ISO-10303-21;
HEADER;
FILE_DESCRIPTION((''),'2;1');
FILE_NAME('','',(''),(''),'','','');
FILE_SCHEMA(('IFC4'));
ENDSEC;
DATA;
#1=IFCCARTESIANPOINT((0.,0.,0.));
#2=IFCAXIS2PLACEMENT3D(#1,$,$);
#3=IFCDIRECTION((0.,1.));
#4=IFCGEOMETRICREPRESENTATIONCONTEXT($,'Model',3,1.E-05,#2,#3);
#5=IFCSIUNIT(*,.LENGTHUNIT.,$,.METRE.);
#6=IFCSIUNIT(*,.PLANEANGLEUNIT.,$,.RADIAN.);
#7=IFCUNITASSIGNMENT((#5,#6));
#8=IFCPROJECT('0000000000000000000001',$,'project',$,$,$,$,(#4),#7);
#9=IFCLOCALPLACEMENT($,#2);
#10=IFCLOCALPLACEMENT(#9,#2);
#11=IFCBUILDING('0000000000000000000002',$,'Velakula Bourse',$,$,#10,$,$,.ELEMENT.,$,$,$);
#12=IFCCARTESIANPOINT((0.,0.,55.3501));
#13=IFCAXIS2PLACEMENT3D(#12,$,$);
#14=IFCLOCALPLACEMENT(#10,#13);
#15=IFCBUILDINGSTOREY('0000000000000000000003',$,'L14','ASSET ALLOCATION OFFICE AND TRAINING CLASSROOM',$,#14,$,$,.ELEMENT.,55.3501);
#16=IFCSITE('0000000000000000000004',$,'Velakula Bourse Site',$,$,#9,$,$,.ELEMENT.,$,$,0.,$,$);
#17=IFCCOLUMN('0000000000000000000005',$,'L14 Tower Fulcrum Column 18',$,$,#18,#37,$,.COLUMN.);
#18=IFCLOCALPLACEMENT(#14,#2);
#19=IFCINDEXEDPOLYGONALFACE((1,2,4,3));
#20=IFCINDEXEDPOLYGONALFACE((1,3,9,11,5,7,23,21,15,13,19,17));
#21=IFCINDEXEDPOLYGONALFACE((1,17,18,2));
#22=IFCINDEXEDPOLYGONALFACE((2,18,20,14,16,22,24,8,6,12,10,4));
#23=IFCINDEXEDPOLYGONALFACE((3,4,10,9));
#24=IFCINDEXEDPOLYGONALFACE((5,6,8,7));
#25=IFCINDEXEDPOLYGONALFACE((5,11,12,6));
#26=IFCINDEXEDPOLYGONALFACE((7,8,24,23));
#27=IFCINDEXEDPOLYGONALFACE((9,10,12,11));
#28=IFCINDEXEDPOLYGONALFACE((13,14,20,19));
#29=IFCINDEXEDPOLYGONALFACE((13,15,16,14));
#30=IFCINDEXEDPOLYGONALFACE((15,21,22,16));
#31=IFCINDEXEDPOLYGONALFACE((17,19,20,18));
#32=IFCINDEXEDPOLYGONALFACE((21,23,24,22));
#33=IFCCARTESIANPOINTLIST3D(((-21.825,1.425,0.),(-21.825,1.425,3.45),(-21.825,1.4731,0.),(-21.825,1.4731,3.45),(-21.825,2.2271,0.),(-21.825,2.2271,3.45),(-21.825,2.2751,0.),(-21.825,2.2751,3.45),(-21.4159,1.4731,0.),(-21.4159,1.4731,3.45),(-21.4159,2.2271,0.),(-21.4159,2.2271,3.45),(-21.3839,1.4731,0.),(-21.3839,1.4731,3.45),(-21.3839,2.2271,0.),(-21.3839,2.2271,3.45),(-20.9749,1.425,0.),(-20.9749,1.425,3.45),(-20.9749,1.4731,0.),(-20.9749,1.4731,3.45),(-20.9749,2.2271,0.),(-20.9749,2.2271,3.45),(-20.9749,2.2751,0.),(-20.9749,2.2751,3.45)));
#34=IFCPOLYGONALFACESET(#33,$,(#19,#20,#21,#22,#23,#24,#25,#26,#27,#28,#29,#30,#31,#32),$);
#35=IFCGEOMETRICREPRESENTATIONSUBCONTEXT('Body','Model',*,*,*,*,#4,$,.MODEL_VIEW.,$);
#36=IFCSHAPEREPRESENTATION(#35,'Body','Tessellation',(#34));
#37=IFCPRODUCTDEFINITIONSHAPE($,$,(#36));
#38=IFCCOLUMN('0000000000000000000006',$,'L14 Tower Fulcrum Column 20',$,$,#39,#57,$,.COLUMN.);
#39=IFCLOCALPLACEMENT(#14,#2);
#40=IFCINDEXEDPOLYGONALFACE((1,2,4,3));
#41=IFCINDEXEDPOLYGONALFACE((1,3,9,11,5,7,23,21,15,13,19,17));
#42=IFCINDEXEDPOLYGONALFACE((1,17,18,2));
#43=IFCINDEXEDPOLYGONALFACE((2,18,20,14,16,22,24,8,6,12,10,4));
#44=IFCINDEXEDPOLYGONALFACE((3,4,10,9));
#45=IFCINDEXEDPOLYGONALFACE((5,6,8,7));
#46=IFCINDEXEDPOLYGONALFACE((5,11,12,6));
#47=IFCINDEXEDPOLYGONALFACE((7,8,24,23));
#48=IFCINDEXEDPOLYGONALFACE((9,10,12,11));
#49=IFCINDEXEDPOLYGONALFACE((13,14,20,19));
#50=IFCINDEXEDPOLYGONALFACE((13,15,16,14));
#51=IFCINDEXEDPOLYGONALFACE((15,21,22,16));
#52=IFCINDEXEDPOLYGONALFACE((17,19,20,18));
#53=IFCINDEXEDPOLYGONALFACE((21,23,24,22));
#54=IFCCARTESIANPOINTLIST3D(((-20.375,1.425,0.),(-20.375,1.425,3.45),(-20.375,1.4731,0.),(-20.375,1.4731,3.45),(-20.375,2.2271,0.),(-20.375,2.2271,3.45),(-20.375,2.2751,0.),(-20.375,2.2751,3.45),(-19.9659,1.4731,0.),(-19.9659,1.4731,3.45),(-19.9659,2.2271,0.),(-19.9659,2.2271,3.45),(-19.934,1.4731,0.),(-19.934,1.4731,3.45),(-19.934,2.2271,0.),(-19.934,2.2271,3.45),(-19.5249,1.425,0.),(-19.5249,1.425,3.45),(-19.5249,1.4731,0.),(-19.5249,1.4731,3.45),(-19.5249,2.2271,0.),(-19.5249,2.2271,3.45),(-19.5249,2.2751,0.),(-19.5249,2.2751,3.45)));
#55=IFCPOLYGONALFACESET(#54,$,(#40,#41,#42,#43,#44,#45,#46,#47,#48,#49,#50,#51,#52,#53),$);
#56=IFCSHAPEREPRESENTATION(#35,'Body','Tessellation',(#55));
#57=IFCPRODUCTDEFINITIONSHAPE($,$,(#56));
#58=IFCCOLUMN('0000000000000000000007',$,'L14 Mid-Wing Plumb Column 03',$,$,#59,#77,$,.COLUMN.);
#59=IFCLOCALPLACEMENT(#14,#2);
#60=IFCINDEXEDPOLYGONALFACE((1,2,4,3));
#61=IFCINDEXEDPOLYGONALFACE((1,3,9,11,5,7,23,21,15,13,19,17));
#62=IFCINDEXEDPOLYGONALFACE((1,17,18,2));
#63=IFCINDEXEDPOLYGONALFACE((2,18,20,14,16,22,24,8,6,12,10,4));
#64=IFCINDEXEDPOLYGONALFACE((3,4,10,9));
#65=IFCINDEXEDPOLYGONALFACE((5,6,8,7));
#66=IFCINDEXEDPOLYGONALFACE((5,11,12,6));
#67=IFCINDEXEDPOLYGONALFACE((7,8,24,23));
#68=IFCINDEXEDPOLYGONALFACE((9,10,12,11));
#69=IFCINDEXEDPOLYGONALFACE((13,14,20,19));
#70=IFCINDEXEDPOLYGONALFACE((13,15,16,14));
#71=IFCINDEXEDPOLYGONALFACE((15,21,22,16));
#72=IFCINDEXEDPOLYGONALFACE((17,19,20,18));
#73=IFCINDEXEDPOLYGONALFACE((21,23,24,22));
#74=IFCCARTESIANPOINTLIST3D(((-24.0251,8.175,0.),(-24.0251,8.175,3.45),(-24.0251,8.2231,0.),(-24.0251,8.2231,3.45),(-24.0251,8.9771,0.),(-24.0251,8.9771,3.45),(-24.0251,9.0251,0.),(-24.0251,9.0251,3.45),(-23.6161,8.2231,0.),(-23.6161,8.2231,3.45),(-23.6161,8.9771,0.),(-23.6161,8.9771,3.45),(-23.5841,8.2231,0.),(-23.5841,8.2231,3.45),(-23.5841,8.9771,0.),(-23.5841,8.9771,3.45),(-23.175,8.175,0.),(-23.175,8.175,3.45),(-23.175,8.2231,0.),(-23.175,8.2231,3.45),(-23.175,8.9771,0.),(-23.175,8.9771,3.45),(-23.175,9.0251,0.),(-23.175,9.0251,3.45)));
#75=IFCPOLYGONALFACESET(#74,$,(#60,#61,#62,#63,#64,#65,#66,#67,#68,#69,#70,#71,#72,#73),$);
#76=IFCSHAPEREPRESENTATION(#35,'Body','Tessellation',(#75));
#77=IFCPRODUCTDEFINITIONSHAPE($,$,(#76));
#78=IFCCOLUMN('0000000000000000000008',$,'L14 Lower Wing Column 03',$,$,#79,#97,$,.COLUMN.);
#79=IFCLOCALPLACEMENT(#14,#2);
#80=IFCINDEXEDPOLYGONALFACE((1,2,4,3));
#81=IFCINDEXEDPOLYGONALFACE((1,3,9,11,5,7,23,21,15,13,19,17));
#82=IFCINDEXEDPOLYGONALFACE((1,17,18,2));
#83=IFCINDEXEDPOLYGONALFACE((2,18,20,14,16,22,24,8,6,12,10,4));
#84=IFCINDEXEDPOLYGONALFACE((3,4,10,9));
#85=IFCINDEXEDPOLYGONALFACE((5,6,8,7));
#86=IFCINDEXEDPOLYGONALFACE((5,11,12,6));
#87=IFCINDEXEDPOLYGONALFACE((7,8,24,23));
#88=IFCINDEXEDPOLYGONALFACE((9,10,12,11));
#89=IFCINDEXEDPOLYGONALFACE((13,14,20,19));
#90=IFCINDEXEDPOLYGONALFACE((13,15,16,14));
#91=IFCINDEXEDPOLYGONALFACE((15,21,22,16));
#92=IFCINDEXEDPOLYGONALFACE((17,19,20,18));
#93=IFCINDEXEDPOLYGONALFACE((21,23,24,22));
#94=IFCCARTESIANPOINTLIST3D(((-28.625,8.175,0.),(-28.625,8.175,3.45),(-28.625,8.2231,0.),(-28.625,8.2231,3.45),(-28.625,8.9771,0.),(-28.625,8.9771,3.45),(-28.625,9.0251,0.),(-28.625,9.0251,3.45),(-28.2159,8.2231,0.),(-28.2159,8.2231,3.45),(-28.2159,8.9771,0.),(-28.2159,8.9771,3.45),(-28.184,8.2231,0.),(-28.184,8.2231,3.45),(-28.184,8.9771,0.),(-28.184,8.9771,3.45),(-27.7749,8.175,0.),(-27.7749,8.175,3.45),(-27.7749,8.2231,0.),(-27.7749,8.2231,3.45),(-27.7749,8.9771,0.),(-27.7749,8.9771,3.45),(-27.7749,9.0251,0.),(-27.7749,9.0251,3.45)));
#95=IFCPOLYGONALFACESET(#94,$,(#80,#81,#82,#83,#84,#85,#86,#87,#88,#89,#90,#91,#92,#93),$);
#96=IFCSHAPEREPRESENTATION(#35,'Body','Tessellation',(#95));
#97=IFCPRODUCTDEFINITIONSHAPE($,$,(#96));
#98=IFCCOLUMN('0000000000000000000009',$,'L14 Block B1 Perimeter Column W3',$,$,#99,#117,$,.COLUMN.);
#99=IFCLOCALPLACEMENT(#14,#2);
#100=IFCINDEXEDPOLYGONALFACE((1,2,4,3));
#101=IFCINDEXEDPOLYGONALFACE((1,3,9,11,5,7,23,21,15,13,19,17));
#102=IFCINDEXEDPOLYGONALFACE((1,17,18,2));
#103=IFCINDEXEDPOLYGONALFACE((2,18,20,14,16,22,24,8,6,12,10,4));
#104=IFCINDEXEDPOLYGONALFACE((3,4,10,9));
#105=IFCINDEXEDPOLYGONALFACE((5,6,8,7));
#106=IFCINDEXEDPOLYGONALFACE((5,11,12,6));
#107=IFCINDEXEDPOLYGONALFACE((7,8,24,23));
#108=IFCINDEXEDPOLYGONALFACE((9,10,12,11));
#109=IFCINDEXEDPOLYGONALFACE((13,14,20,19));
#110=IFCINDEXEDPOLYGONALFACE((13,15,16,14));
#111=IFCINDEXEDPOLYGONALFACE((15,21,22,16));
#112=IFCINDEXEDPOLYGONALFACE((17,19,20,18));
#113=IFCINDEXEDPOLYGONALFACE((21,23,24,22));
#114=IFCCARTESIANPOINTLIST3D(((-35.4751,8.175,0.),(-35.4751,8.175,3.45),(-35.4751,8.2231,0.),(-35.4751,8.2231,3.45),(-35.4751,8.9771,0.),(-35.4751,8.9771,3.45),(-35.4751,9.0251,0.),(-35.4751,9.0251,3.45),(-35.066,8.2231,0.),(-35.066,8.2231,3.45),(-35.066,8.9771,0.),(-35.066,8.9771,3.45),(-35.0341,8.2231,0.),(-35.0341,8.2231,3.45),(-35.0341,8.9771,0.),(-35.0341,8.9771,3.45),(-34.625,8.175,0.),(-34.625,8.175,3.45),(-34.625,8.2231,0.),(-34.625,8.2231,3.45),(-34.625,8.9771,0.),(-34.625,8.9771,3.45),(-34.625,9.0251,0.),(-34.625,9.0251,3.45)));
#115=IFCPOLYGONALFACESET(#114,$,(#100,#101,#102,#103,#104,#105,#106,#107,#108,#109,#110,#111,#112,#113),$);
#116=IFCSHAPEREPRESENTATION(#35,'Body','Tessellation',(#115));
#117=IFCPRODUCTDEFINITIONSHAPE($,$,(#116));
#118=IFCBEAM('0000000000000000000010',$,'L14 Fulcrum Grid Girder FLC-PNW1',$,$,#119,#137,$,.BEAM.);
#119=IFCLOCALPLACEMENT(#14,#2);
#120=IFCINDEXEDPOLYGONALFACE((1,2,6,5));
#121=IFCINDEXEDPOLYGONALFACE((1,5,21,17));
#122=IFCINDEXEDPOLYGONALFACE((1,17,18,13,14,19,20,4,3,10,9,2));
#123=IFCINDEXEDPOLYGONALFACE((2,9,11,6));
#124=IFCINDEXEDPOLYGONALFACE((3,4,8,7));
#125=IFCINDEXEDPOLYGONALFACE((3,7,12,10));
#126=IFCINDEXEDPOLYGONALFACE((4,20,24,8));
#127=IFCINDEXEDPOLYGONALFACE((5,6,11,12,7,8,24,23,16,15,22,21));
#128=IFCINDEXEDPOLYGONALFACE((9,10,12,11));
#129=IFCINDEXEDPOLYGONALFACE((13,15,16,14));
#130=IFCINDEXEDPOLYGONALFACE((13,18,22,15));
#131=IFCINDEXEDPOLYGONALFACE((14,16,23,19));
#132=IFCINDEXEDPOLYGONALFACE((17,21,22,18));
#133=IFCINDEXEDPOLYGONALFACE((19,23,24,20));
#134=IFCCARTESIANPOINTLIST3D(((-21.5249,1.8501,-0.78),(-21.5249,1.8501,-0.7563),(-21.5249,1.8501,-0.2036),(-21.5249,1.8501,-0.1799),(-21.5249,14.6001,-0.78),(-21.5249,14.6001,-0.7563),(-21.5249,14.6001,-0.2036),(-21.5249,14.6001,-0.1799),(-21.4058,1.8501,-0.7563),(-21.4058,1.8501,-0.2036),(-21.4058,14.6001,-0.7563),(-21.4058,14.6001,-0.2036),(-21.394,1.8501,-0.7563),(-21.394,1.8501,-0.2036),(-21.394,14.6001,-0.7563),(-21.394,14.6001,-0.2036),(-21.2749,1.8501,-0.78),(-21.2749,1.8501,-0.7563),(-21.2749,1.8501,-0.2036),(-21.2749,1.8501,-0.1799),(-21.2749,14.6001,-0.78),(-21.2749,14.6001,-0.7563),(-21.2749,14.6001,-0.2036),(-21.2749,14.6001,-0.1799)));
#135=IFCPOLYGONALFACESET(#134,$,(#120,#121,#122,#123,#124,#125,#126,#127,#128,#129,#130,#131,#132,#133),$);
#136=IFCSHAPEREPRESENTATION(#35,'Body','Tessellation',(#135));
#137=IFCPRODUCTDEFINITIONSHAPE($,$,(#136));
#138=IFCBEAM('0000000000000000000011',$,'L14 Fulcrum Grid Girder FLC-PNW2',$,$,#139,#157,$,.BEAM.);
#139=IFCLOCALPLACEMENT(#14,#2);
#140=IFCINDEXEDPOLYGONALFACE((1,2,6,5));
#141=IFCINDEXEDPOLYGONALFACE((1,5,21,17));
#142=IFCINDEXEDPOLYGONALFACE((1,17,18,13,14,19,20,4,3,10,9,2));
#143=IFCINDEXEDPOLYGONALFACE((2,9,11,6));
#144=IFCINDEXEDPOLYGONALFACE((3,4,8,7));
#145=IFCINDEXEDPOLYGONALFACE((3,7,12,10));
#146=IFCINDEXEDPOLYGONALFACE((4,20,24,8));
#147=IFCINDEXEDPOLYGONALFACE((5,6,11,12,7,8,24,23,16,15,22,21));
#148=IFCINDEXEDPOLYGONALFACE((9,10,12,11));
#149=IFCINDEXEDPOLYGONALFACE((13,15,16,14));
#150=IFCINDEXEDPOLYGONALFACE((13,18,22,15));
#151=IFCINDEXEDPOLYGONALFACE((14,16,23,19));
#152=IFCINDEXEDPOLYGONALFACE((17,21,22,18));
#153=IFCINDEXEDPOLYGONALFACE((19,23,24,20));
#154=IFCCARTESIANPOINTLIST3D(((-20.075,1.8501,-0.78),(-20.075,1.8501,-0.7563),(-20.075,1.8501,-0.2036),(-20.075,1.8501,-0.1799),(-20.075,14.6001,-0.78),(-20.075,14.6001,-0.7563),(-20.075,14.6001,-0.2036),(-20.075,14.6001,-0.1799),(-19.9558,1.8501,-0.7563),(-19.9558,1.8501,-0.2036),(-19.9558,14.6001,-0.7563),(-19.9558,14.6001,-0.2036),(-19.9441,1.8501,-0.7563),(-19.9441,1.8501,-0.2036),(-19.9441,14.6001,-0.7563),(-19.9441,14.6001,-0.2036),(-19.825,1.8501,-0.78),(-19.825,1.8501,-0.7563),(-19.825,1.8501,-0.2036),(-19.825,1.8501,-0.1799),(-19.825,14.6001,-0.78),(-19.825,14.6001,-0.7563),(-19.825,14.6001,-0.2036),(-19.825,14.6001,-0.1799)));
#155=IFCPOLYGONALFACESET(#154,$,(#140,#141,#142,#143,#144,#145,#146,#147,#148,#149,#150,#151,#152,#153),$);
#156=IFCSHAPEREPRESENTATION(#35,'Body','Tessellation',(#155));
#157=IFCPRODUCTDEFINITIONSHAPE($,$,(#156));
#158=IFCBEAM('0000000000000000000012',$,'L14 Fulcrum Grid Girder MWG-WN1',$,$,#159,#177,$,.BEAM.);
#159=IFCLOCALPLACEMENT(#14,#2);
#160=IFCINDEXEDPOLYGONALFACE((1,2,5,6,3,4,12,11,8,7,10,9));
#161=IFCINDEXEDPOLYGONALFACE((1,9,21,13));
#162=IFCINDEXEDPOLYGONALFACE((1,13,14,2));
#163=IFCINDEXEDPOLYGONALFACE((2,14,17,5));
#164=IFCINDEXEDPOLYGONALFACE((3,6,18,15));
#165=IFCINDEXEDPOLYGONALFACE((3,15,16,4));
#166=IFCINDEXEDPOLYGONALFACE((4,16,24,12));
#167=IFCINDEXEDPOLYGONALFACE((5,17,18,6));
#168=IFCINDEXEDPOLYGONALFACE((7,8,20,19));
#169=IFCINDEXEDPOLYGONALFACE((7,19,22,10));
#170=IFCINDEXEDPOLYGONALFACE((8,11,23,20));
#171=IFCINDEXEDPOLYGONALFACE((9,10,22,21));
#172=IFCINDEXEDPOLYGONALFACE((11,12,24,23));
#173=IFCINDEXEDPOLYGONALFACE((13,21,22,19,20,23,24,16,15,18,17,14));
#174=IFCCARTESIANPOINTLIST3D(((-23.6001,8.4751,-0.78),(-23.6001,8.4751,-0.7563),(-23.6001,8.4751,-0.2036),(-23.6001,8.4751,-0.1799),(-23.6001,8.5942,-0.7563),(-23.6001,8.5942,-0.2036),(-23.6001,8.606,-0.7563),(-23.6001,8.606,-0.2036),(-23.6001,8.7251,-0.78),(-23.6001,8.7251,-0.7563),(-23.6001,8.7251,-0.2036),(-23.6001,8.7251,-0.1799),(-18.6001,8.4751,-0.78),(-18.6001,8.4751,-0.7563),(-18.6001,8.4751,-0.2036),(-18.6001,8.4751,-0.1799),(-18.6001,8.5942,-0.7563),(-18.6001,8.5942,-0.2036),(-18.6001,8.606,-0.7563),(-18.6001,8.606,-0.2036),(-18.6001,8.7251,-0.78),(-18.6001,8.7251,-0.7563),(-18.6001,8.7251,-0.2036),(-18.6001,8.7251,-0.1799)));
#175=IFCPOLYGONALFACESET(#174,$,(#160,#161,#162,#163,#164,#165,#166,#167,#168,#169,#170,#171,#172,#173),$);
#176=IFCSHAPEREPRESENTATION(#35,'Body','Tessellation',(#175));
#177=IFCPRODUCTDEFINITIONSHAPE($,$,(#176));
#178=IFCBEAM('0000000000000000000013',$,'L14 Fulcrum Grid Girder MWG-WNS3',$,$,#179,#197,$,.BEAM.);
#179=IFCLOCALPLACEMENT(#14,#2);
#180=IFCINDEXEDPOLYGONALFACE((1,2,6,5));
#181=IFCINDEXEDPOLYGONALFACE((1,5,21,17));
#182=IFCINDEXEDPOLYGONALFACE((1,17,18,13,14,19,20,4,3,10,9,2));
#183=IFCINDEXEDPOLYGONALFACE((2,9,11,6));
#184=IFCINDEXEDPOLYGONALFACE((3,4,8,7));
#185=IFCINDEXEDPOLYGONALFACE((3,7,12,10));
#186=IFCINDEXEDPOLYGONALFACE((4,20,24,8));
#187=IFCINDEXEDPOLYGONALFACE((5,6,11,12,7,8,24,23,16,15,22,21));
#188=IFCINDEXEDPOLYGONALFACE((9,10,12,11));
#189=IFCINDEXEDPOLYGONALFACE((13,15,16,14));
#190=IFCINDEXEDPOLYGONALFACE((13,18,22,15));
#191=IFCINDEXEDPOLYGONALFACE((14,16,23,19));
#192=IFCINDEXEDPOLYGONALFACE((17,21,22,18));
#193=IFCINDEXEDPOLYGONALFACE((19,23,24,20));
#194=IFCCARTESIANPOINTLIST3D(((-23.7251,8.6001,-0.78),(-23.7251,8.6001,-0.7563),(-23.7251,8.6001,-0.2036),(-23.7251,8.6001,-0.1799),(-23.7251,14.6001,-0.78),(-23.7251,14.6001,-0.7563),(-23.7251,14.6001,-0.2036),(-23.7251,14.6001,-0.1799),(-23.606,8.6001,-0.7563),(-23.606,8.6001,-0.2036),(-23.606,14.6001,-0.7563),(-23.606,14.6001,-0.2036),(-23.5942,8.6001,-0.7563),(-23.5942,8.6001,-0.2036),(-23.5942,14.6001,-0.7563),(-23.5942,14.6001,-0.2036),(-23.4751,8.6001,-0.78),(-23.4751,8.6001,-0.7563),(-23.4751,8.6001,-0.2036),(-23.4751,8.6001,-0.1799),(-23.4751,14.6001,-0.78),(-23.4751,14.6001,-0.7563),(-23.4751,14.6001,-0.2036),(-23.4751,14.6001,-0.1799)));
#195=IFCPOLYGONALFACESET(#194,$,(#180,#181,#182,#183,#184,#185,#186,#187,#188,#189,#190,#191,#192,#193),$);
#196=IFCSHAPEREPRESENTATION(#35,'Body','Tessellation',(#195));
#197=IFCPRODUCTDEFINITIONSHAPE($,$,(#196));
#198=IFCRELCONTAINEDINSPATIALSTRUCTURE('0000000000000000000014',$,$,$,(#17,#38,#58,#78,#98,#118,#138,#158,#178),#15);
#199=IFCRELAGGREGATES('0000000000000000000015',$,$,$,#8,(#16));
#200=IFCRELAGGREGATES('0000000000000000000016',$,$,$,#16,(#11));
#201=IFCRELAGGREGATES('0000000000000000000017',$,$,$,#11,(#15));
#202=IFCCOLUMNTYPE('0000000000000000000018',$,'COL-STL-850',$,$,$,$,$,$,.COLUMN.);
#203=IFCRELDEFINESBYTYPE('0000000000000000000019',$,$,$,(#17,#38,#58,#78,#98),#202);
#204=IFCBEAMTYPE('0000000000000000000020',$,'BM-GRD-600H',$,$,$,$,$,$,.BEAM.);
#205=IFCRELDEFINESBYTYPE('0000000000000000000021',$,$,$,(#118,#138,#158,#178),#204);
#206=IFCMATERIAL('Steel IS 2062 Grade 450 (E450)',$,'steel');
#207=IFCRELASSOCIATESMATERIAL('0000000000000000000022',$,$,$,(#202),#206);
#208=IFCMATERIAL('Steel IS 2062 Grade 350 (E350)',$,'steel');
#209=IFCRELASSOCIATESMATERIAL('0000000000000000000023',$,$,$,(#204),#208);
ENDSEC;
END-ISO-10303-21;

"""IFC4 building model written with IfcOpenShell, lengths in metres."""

from ifc_helpers import new_model, si_unit, direction, frame, origin, origin_2d, place, context, subcontext, project, spatial, i_section, extrude, material, material_profile, profile_set, type_object, element, save


model = new_model("IFC4")

# Units and contexts
model_context = context("Model", 3, precision=1e-05, world=origin(), true_north=direction((0.0, 1.0)))
body_context = subcontext(model_context, "Body", "Model", "MODEL_VIEW")
ifc_project = project(units=[si_unit("LENGTHUNIT", "METRE"), si_unit("PLANEANGLEUNIT", "RADIAN")], contexts=[model_context])

# Site, building, storey
site_placement = place(None, origin())
site = spatial("IfcSite", under=ifc_project, at=site_placement, Name="Velakula Bourse Site", CompositionType="ELEMENT", RefElevation=0.0)
building_placement = place(site_placement, origin())
building = spatial("IfcBuilding", under=site, at=building_placement, Name="Velakula Bourse", CompositionType="ELEMENT")
storey_placement = place(building_placement, frame((0.0, 0.0, 55.3501)))
storey = spatial("IfcBuildingStorey", under=building, at=storey_placement, Name="L14", Description="ASSET ALLOCATION OFFICE AND TRAINING CLASSROOM", CompositionType="ELEMENT", Elevation=55.3501)

# Columns
ifc_material_1 = material(Name="Steel IS 2062 Grade 450 (E450)", Category="steel")
ifc_material_profile_1 = material_profile(ifc_material_1, i_section(OverallWidth=0.8501, OverallDepth=0.8501, WebThickness=0.032, FlangeThickness=0.0481, at=origin_2d()), Name="Steel IS 2062 Grade 450 (E450)")
ifc_profile_set_1 = profile_set([ifc_material_profile_1], Name="Steel IS 2062 Grade 450 (E450)")
column_type = type_object("IfcColumnType", Name="COL-STL-850", PredefinedType="COLUMN", material=ifc_profile_set_1)
for number, where, z_axis, x_axis, name in (
    (1, (-21.3999, 1.8501, 0.0), (0.0, 0.0, 1.0), (1.0, 0.0, 0.0), "L14 Tower Fulcrum Column 18"),
    (2, (-19.95, 1.8501, 0.0), (0.0, 0.0, 1.0), (1.0, 0.0, 0.0), "L14 Tower Fulcrum Column 20"),
    (3, (-23.6001, 8.6001, 0.0), (0.0, 0.0, 1.0), (1.0, 0.0, 0.0), "L14 Mid-Wing Plumb Column 03"),
    (4, (-28.2, 8.6001, 0.0), (0.0, 0.0, 1.0), (1.0, 0.0, 0.0), "L14 Lower Wing Column 03"),
    (5, (-35.05, 8.6001, 0.0), (0.0, 0.0, 1.0), (1.0, 0.0, 0.0), "L14 Block B1 Perimeter Column W3"),
):
    element("IfcColumn", number, at=place(storey_placement, frame(where, z_axis=z_axis, x_axis=x_axis)), inside=storey, type_object=column_type, Name=name, PredefinedType="COLUMN", context=body_context, shape_type="SweptSolid", body=[
        extrude(i_section(OverallWidth=0.8501, OverallDepth=0.8501, WebThickness=0.032, FlangeThickness=0.0481, at=origin_2d()), origin(), (0.0, 0.0, 1.0), 3.45),
    ])

# Beams
ifc_material_2 = material(Name="Steel IS 2062 Grade 350 (E350)", Category="steel")
ifc_material_profile_2 = material_profile(ifc_material_2, i_section(OverallWidth=0.25, OverallDepth=0.6001, WebThickness=0.0117, FlangeThickness=0.0237, at=origin_2d()), Name="Steel IS 2062 Grade 350 (E350)")
ifc_profile_set_2 = profile_set([ifc_material_profile_2], Name="Steel IS 2062 Grade 350 (E350)")
beam_type_1 = type_object("IfcBeamType", Name="BM-GRD-600H", PredefinedType="BEAM", material=ifc_profile_set_2)
for number, where, z_axis, x_axis, name in (
    (6, (-21.3999, 1.8501, -0.48), (0.0, 1.0, 0.0), (-1.0, 0.0, 0.0), "L14 Fulcrum Grid Girder FLC-PNW1"),
    (7, (-19.95, 1.8501, -0.48), (0.0, 1.0, 0.0), (-1.0, 0.0, 0.0), "L14 Fulcrum Grid Girder FLC-PNW2"),
):
    element("IfcBeam", number, at=place(storey_placement, frame(where, z_axis=z_axis, x_axis=x_axis)), inside=storey, type_object=beam_type_1, Name=name, PredefinedType="BEAM", context=body_context, shape_type="SweptSolid", body=[
        extrude(i_section(OverallWidth=0.25, OverallDepth=0.6001, WebThickness=0.0117, FlangeThickness=0.0237, at=origin_2d()), origin(), (0.0, 0.0, 1.0), 12.75),
    ])
beam_1_placement = place(storey_placement, frame((-23.6001, 8.6001, -0.48), z_axis=(1.0, 0.0, 0.0), x_axis=(0.0, 1.0, 0.0)))
element("IfcBeam", 8, at=beam_1_placement, inside=storey, type_object=beam_type_1, Name="L14 Fulcrum Grid Girder MWG-WN1", PredefinedType="BEAM", context=body_context, shape_type="SweptSolid", body=[
    extrude(i_section(OverallWidth=0.25, OverallDepth=0.6001, WebThickness=0.0117, FlangeThickness=0.0237, at=origin_2d()), origin(), (0.0, 0.0, 1.0), 5.0),
])
beam_2_placement = place(storey_placement, frame((-23.6001, 8.6001, -0.48), z_axis=(0.0, 1.0, 0.0), x_axis=(-1.0, 0.0, 0.0)))
element("IfcBeam", 9, at=beam_2_placement, inside=storey, type_object=beam_type_1, Name="L14 Fulcrum Grid Girder MWG-WNS3", PredefinedType="BEAM", context=body_context, shape_type="SweptSolid", body=[
    extrude(i_section(OverallWidth=0.25, OverallDepth=0.6001, WebThickness=0.0117, FlangeThickness=0.0237, at=origin_2d()), origin(), (0.0, 0.0, 1.0), 6.0),
])

save(model, "model.ifc")
